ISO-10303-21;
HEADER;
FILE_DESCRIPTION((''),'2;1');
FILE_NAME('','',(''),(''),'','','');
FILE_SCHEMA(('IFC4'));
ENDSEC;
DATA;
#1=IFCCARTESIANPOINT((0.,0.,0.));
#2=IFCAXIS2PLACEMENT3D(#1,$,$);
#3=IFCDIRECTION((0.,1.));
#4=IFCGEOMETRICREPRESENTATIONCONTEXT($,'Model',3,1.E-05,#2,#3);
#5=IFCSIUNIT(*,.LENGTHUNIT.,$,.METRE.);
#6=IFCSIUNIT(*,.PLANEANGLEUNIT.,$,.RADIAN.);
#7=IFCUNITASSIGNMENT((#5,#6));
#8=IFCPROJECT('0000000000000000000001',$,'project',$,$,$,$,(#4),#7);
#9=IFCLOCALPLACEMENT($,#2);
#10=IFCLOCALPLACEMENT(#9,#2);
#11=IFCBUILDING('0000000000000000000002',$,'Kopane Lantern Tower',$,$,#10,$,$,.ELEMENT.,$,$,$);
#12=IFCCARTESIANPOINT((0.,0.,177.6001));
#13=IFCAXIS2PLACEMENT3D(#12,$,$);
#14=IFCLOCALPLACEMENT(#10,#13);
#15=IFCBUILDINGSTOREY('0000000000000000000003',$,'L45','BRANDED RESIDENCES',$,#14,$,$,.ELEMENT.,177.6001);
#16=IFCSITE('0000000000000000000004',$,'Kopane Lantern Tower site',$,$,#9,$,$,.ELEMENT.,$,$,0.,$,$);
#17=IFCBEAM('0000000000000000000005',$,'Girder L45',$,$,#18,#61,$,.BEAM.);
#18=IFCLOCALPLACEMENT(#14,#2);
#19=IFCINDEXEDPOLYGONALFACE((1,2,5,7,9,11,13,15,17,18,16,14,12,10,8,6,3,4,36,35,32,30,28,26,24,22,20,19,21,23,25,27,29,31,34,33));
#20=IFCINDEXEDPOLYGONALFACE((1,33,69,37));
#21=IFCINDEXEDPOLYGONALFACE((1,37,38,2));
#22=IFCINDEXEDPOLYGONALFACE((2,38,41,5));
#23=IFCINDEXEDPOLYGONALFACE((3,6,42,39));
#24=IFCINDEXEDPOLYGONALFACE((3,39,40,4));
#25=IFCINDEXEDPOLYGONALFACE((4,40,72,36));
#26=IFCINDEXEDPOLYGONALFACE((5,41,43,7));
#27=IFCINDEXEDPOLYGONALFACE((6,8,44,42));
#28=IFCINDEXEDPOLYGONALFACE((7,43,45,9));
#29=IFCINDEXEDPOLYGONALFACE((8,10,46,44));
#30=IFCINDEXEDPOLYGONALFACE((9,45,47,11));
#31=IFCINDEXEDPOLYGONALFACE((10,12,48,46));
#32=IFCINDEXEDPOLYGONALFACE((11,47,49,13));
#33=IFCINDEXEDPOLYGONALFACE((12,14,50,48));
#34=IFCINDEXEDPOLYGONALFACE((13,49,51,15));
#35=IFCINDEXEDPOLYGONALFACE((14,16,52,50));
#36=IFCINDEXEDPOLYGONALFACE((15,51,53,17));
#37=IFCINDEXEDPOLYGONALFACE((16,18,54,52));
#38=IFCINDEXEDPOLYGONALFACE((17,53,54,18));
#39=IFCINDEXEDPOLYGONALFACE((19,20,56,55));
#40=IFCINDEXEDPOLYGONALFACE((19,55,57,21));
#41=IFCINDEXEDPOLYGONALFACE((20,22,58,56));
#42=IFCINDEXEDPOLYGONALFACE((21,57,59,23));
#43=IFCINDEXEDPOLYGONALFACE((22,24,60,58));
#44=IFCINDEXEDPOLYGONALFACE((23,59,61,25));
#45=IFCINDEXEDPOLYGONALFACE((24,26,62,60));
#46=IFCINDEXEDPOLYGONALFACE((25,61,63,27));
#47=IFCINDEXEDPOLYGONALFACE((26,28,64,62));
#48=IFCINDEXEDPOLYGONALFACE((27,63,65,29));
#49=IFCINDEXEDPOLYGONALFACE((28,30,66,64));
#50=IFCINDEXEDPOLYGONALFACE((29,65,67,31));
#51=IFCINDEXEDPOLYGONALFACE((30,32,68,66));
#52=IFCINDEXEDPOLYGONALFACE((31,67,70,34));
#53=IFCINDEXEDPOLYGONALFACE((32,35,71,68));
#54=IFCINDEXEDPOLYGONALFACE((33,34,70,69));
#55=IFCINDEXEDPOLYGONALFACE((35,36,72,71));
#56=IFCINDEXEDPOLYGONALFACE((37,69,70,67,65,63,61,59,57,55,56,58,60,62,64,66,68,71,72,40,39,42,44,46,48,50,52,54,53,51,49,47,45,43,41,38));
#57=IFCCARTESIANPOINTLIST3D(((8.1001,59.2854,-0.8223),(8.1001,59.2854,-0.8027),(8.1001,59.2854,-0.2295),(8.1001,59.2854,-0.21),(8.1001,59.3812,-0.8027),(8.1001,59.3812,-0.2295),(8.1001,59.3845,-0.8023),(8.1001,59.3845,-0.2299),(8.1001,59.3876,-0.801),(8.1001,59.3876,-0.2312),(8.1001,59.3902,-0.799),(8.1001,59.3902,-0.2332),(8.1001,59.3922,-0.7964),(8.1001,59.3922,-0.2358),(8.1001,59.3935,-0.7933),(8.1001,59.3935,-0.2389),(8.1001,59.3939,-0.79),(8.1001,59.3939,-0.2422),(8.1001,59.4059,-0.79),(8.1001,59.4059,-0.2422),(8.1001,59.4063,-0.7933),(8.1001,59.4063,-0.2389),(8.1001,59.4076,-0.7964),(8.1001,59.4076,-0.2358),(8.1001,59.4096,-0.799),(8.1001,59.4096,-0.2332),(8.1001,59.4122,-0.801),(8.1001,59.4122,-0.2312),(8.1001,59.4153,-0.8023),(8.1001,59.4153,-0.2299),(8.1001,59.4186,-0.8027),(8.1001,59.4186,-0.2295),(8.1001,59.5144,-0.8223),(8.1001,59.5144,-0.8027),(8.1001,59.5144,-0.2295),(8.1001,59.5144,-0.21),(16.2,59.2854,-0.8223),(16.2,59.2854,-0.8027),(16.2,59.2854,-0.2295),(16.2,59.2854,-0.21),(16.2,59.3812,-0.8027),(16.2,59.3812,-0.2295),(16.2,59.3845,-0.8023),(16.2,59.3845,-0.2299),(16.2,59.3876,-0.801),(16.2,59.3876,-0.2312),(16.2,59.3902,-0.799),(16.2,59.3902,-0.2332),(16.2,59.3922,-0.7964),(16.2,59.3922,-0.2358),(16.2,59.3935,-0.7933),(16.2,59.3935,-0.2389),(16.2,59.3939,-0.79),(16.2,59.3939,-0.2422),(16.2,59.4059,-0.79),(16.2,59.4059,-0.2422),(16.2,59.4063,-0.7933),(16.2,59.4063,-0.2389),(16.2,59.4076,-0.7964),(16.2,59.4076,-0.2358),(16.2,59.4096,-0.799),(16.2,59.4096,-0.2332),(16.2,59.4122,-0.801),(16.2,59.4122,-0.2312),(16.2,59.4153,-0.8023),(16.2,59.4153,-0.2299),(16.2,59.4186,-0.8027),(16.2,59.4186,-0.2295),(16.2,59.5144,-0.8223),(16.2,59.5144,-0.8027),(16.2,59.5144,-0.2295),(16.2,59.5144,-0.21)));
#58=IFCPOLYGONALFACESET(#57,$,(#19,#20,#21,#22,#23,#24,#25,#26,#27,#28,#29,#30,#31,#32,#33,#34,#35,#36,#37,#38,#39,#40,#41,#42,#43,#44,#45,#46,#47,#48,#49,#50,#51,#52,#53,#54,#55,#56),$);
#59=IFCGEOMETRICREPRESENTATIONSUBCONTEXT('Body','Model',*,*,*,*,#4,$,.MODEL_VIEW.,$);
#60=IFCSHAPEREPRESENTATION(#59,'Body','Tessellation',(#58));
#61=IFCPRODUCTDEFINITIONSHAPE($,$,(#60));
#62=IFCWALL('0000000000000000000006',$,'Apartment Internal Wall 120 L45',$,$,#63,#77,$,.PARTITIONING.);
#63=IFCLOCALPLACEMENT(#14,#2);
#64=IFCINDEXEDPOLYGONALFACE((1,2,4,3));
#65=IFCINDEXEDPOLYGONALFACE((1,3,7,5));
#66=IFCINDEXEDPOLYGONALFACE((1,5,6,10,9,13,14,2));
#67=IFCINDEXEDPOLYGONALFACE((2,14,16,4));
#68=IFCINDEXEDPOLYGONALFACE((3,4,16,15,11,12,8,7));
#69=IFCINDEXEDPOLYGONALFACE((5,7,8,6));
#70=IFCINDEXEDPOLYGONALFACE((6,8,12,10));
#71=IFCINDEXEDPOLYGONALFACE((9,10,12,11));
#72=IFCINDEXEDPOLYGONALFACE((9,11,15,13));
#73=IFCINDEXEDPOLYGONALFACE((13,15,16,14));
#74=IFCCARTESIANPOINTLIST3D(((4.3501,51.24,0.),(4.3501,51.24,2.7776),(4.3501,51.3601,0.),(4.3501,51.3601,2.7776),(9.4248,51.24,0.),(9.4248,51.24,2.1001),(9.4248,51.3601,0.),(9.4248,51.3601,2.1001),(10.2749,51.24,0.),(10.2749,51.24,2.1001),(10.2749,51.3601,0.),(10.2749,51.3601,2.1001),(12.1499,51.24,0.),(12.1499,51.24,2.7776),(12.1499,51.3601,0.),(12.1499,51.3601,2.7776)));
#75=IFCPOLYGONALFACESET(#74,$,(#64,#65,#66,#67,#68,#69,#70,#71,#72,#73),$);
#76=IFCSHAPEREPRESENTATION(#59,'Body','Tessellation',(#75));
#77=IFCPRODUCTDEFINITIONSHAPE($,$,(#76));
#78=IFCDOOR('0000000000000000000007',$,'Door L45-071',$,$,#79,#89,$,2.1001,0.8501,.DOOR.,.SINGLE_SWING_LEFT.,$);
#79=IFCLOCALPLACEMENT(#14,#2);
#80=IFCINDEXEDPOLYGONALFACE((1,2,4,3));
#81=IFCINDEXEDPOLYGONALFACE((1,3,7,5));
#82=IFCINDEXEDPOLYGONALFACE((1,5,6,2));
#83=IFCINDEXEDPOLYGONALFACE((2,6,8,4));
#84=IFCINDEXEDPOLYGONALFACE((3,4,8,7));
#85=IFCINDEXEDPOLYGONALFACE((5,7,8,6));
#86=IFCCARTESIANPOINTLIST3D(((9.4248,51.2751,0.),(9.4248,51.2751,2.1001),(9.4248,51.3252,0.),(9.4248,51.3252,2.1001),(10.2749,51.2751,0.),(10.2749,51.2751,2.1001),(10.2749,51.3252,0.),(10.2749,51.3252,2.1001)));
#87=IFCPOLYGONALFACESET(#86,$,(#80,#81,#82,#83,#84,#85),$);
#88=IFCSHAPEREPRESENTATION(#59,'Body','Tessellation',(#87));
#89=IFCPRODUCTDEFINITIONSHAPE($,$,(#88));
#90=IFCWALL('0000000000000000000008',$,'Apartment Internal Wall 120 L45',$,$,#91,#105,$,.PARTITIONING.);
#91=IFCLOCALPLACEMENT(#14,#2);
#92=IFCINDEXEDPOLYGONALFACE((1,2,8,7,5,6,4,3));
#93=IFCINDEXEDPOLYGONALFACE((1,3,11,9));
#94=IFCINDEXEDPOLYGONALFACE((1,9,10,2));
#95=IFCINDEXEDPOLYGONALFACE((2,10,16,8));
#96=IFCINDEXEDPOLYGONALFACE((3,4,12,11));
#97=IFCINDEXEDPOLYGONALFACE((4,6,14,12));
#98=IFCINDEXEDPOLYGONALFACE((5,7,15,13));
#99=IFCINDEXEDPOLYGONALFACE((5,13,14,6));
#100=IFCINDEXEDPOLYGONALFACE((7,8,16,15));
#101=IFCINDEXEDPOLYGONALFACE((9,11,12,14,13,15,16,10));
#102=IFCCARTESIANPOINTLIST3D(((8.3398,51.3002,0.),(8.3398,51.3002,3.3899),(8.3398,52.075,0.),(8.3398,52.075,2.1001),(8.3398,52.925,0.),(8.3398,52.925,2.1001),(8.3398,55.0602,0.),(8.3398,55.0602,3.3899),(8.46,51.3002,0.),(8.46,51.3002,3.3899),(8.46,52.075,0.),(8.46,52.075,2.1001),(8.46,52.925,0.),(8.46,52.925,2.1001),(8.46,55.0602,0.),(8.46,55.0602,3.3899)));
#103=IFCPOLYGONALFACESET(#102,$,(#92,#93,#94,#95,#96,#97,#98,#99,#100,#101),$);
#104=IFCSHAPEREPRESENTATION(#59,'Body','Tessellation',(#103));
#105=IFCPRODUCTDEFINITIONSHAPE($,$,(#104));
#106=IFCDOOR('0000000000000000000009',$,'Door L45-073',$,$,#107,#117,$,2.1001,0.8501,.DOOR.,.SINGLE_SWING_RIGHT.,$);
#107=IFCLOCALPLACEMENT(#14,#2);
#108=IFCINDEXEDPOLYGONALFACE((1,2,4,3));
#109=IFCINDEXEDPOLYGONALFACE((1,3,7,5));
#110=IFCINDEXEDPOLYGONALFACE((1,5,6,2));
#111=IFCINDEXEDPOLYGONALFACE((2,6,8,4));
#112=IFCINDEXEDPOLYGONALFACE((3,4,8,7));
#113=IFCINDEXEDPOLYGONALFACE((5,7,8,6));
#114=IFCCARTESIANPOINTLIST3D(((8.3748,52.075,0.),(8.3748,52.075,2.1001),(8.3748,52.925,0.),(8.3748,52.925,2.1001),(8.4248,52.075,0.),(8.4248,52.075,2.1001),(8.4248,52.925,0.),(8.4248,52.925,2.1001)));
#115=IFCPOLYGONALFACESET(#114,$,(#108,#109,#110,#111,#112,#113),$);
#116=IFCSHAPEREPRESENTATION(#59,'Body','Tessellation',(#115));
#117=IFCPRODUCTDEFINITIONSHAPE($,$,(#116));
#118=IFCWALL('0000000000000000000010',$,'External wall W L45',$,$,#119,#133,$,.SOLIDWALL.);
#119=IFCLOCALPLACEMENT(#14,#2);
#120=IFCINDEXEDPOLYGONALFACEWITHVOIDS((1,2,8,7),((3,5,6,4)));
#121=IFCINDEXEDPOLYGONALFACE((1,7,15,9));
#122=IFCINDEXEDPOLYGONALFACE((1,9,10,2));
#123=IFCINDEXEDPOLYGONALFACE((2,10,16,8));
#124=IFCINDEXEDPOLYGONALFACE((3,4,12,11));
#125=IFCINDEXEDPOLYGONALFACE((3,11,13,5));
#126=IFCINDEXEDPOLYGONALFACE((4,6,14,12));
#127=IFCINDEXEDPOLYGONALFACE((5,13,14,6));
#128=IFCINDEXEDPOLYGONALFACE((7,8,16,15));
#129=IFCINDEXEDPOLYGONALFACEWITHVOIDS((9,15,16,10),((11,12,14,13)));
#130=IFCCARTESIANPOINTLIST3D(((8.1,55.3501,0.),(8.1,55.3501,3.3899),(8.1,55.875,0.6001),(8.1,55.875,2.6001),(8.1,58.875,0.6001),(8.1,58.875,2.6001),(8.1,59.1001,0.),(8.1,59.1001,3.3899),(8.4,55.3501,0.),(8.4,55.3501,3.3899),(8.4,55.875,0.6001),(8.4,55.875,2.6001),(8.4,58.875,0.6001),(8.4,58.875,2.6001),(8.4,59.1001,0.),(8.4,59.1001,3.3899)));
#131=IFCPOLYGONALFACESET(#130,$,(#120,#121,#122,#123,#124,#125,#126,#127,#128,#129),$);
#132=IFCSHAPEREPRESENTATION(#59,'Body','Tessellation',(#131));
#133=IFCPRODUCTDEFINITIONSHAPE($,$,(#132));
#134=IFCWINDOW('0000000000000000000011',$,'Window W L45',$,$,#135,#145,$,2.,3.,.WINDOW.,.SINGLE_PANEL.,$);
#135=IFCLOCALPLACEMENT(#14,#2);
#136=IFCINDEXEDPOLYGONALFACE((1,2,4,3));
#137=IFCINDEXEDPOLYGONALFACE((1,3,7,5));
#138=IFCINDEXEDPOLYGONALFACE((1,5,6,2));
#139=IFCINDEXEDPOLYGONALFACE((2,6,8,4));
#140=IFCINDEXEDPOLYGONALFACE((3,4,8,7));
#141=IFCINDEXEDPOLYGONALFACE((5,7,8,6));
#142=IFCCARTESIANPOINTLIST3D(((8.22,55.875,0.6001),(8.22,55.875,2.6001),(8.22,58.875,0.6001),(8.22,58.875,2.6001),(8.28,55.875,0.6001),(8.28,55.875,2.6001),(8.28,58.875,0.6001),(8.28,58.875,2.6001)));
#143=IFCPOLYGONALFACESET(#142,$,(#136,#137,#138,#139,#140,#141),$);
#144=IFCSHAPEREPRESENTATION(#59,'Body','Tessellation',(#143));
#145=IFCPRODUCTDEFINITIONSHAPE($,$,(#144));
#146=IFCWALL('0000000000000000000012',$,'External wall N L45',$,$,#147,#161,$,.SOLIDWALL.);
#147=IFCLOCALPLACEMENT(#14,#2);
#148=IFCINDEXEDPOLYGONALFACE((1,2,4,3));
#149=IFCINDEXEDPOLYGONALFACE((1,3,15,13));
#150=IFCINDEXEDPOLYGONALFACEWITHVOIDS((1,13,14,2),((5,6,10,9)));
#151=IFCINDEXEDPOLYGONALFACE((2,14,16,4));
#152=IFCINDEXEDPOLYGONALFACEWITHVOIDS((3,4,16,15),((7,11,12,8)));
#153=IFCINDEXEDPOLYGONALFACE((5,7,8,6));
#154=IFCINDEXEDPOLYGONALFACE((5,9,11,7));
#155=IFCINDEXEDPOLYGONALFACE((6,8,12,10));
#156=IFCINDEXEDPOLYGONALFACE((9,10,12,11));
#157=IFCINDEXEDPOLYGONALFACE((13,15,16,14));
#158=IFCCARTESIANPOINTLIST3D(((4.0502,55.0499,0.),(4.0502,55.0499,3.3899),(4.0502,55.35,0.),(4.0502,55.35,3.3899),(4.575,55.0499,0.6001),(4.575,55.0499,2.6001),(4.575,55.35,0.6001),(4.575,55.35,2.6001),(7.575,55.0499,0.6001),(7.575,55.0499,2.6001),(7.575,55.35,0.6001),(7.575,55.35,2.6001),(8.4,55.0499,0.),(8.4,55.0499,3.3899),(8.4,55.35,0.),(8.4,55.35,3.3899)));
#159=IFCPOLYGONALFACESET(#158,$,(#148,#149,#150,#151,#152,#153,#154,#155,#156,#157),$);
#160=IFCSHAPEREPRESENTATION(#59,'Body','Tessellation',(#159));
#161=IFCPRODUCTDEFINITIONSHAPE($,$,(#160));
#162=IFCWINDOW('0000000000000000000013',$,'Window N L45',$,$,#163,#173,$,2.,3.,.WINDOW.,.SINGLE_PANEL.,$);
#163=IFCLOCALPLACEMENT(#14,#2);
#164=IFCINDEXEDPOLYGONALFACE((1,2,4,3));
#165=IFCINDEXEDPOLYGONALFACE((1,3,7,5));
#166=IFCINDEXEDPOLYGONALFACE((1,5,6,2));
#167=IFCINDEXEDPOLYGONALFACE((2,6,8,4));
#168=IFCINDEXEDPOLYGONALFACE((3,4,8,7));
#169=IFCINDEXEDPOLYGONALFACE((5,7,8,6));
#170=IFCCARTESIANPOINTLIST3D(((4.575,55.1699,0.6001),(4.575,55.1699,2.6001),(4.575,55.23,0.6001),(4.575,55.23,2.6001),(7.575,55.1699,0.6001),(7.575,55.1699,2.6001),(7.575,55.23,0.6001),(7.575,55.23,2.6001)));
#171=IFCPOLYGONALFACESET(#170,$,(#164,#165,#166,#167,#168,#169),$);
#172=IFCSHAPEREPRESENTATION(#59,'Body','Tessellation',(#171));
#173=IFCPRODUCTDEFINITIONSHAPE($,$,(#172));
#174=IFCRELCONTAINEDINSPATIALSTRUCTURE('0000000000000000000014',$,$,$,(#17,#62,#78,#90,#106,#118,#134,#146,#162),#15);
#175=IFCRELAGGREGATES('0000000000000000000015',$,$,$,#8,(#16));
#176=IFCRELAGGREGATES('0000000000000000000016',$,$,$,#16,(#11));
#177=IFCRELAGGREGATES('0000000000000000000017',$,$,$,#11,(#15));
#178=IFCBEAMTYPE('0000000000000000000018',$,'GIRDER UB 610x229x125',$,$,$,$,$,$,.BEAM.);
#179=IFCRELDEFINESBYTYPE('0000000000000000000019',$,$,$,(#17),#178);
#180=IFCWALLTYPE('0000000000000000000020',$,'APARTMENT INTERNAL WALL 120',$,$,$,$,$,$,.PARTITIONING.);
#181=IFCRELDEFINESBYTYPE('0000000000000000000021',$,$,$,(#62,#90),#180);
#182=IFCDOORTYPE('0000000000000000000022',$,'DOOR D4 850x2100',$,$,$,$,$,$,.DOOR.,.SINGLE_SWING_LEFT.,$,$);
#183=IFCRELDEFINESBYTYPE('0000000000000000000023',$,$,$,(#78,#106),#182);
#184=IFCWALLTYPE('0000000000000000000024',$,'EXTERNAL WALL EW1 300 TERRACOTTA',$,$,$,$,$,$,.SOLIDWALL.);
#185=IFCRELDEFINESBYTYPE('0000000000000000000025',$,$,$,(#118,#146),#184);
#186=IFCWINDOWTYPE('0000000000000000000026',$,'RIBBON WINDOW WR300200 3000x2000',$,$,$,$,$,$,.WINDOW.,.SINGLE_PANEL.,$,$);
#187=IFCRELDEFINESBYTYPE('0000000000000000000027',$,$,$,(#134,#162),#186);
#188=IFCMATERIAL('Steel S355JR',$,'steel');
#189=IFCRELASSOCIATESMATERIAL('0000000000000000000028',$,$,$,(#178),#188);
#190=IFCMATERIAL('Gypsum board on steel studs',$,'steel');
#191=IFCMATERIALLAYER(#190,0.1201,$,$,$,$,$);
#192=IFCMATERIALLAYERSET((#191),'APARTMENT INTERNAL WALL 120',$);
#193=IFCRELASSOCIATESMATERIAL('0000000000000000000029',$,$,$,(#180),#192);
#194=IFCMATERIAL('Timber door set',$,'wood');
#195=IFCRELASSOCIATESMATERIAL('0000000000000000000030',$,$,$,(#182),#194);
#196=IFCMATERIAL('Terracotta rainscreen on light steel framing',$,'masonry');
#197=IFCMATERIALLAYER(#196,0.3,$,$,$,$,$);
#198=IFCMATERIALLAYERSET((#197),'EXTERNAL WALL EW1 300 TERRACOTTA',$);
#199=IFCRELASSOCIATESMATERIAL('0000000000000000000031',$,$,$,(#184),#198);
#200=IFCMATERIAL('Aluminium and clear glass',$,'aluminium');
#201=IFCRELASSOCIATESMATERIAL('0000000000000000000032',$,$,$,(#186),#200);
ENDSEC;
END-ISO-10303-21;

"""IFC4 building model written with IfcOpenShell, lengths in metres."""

from ifc_helpers import new_model, si_unit, direction, frame, frame_2d, origin, origin_2d, place, context, subcontext, project, spatial, rectangle, i_section, extrude, material, layer, layer_set, material_profile, profile_set, type_object, element, fill, save


model = new_model("IFC4")

# Units and contexts
model_context = context("Model", 3, precision=1e-05, world=origin(), true_north=direction((0.0, 1.0)))
body_context = subcontext(model_context, "Body", "Model", "MODEL_VIEW")
ifc_project = project(units=[si_unit("LENGTHUNIT", "METRE"), si_unit("PLANEANGLEUNIT", "RADIAN")], contexts=[model_context])

# Site, building, storey
site_placement = place(None, origin())
site = spatial("IfcSite", under=ifc_project, at=site_placement, Name="Kopane Lantern Tower site", CompositionType="ELEMENT", RefElevation=0.0)
building_placement = place(site_placement, origin())
building = spatial("IfcBuilding", under=site, at=building_placement, Name="Kopane Lantern Tower", CompositionType="ELEMENT")
storey_placement = place(building_placement, frame((0.0, 0.0, 177.6001)))
storey = spatial("IfcBuildingStorey", under=building, at=storey_placement, Name="L45", Description="BRANDED RESIDENCES", CompositionType="ELEMENT", Elevation=177.6001)

# Beam
ifc_material_1 = material(Name="Steel S355JR", Category="steel")
ifc_material_profile_1 = material_profile(ifc_material_1, i_section(OverallWidth=0.229, OverallDepth=0.6123, WebThickness=0.012, FlangeThickness=0.0195, FilletRadius=0.0127, at=origin_2d()), Name="UB 610x229x125")
ifc_profile_set_1 = profile_set([ifc_material_profile_1], Name="Steel S355JR")
beam_type_1 = type_object("IfcBeamType", Name="GIRDER UB 610x229x125", PredefinedType="BEAM", material=ifc_profile_set_1)
beam_1_placement = place(storey_placement, frame((8.1001, 59.3999, -0.5161), z_axis=(1.0, 0.0, 0.0), x_axis=(0.0, 1.0, 0.0)))
element("IfcBeam", 1, at=beam_1_placement, inside=storey, type_object=beam_type_1, Name="Girder L45", PredefinedType="BEAM", context=body_context, shape_type="SweptSolid", body=[
    extrude(i_section(OverallWidth=0.229, OverallDepth=0.6123, WebThickness=0.012, FlangeThickness=0.0195, FilletRadius=0.0127, at=origin_2d()), origin(), (0.0, 0.0, 1.0), 8.0999),
])

# Walls, openings, doors
ifc_material_2 = material(Name="Gypsum board on steel studs", Category="steel")
ifc_layer_1 = layer(ifc_material_2, 0.1201)
ifc_layer_set_1 = layer_set([ifc_layer_1], Name="APARTMENT INTERNAL WALL 120")
wall_type_1 = type_object("IfcWallType", Name="APARTMENT INTERNAL WALL 120", PredefinedType="PARTITIONING", material=ifc_layer_set_1)
wall_1_placement = place(storey_placement, frame((12.1499, 51.3, 0.0), z_axis=(0.0, 0.0, 1.0), x_axis=(-1.0, 0.0, 0.0)))
wall_1 = element("IfcWall", 2, at=wall_1_placement, inside=storey, type_object=wall_type_1, Name="Apartment Internal Wall 120 L45", PredefinedType="PARTITIONING", context=body_context, shape_type="SweptSolid", body=[
    extrude(rectangle(XDim=7.7998, YDim=0.1201, at=frame_2d((3.8999, 0.0))), origin(), (0.0, 0.0, 1.0), 2.7776),
])
opening_1_placement = place(wall_1_placement, frame((1.875, 0.0, 0.0)))
opening_1 = element("IfcOpeningElement", 3, at=opening_1_placement, cuts=wall_1, PredefinedType="OPENING", context=body_context, shape_type="SweptSolid", body=[
    extrude(rectangle(XDim=0.8501, YDim=2.1001, at=frame_2d((0.425, 1.05))), frame((0.0, 0.0701, 0.0), z_axis=(0.0, -1.0, 0.0), x_axis=(1.0, 0.0, 0.0)), (0.0, 0.0, 1.0), 0.1401),
])
ifc_material_3 = material(Name="Timber door set", Category="wood")
door_type = type_object("IfcDoorType", Name="DOOR D4 850x2100", OperationType="SINGLE_SWING_LEFT", PredefinedType="DOOR", material=ifc_material_3)
door_1_placement = place(opening_1_placement, origin())
door_1 = element("IfcDoor", 4, at=door_1_placement, inside=storey, type_object=door_type, Name="Door L45-071", OperationType="SINGLE_SWING_LEFT", OverallHeight=2.1001, OverallWidth=0.8501, PredefinedType="DOOR", context=body_context, shape_type="SweptSolid", body=[
    extrude(rectangle(XDim=0.8501, YDim=2.1001, at=frame_2d((0.425, 1.05))), frame((0.0, 0.0249, 0.0), z_axis=(0.0, -1.0, 0.0), x_axis=(1.0, 0.0, 0.0)), (0.0, 0.0, 1.0), 0.05),
])
fill(opening_1, door_1)
wall_2_placement = place(storey_placement, frame((8.3999, 55.0601, 0.0), z_axis=(0.0, 0.0, 1.0), x_axis=(0.0, -1.0, 0.0)))
wall_2 = element("IfcWall", 5, at=wall_2_placement, inside=storey, type_object=wall_type_1, Name="Apartment Internal Wall 120 L45", PredefinedType="PARTITIONING", context=body_context, shape_type="SweptSolid", body=[
    extrude(rectangle(XDim=3.76, YDim=0.1201, at=frame_2d((1.8799, 0.0))), origin(), (0.0, 0.0, 1.0), 3.3899),
])
opening_2_placement = place(wall_2_placement, frame((2.135, 0.0, 0.0)))
opening_2 = element("IfcOpeningElement", 6, at=opening_2_placement, cuts=wall_2, PredefinedType="OPENING", context=body_context, shape_type="SweptSolid", body=[
    extrude(rectangle(XDim=0.8501, YDim=2.1001, at=frame_2d((0.425, 1.05))), frame((0.0, 0.0701, 0.0), z_axis=(0.0, -1.0, 0.0), x_axis=(1.0, 0.0, 0.0)), (0.0, 0.0, 1.0), 0.1401),
])
door_2_placement = place(opening_2_placement, origin())
door_2 = element("IfcDoor", 7, at=door_2_placement, inside=storey, type_object=door_type, Name="Door L45-073", OperationType="SINGLE_SWING_RIGHT", OverallHeight=2.1001, OverallWidth=0.8501, PredefinedType="DOOR", context=body_context, shape_type="SweptSolid", body=[
    extrude(rectangle(XDim=0.8501, YDim=2.1001, at=frame_2d((0.425, 1.05))), frame((0.0, 0.0249, 0.0), z_axis=(0.0, -1.0, 0.0), x_axis=(1.0, 0.0, 0.0)), (0.0, 0.0, 1.0), 0.05),
])
fill(opening_2, door_2)

# Walls, openings, windows
ifc_material_4 = material(Name="Terracotta rainscreen on light steel framing", Category="masonry")
ifc_layer_2 = layer(ifc_material_4, 0.3)
ifc_layer_set_2 = layer_set([ifc_layer_2], Name="EXTERNAL WALL EW1 300 TERRACOTTA")
wall_type_2 = type_object("IfcWallType", Name="EXTERNAL WALL EW1 300 TERRACOTTA", PredefinedType="SOLIDWALL", material=ifc_layer_set_2)
wall_3_placement = place(storey_placement, frame((8.25, 59.1001, 0.0), z_axis=(0.0, 0.0, 1.0), x_axis=(0.0, -1.0, 0.0)))
wall_3 = element("IfcWall", 8, at=wall_3_placement, inside=storey, type_object=wall_type_2, Name="External wall W L45", PredefinedType="SOLIDWALL", context=body_context, shape_type="SweptSolid", body=[
    extrude(rectangle(XDim=3.75, YDim=0.3, at=frame_2d((1.875, 0.0))), origin(), (0.0, 0.0, 1.0), 3.3899),
])
opening_3_placement = place(wall_3_placement, frame((0.2251, 0.0, 0.6001)))
opening_3 = element("IfcOpeningElement", 9, at=opening_3_placement, cuts=wall_3, PredefinedType="OPENING", context=body_context, shape_type="SweptSolid", body=[
    extrude(rectangle(XDim=3.0, YDim=2.0, at=frame_2d((1.5, 1.0))), frame((0.0, 0.1599, 0.0), z_axis=(0.0, -1.0, 0.0), x_axis=(1.0, 0.0, 0.0)), (0.0, 0.0, 1.0), 0.3201),
])
ifc_material_5 = material(Name="Aluminium and clear glass", Category="aluminium")
window_type = type_object("IfcWindowType", Name="RIBBON WINDOW WR300200 3000x2000", PartitioningType="SINGLE_PANEL", PredefinedType="WINDOW", material=ifc_material_5)
window_1_placement = place(opening_3_placement, origin())
window_1 = element("IfcWindow", 10, at=window_1_placement, inside=storey, type_object=window_type, Name="Window W L45", OverallHeight=2.0, OverallWidth=3.0, PartitioningType="SINGLE_PANEL", PredefinedType="WINDOW", context=body_context, shape_type="SweptSolid", body=[
    extrude(rectangle(XDim=3.0, YDim=2.0, at=frame_2d((1.5, 1.0))), frame((0.0, 0.03, 0.0), z_axis=(0.0, -1.0, 0.0), x_axis=(1.0, 0.0, 0.0)), (0.0, 0.0, 1.0), 0.0601),
])
fill(opening_3, window_1)
wall_4_placement = place(storey_placement, frame((8.3999, 55.2, 0.0), z_axis=(0.0, 0.0, 1.0), x_axis=(-1.0, 0.0, 0.0)))
wall_4 = element("IfcWall", 11, at=wall_4_placement, inside=storey, type_object=wall_type_2, Name="External wall N L45", PredefinedType="SOLIDWALL", context=body_context, shape_type="SweptSolid", body=[
    extrude(rectangle(XDim=4.3499, YDim=0.3, at=frame_2d((2.1748, 0.0))), origin(), (0.0, 0.0, 1.0), 3.3899),
])
opening_4_placement = place(wall_4_placement, frame((0.825, 0.0, 0.6001)))
opening_4 = element("IfcOpeningElement", 12, at=opening_4_placement, cuts=wall_4, PredefinedType="OPENING", context=body_context, shape_type="SweptSolid", body=[
    extrude(rectangle(XDim=3.0, YDim=2.0, at=frame_2d((1.5, 1.0))), frame((0.0, 0.1599, 0.0), z_axis=(0.0, -1.0, 0.0), x_axis=(1.0, 0.0, 0.0)), (0.0, 0.0, 1.0), 0.3201),
])
window_2_placement = place(opening_4_placement, origin())
window_2 = element("IfcWindow", 13, at=window_2_placement, inside=storey, type_object=window_type, Name="Window N L45", OverallHeight=2.0, OverallWidth=3.0, PartitioningType="SINGLE_PANEL", PredefinedType="WINDOW", context=body_context, shape_type="SweptSolid", body=[
    extrude(rectangle(XDim=3.0, YDim=2.0, at=frame_2d((1.5, 1.0))), frame((0.0, 0.03, 0.0), z_axis=(0.0, -1.0, 0.0), x_axis=(1.0, 0.0, 0.0)), (0.0, 0.0, 1.0), 0.0601),
])
fill(opening_4, window_2)

save(model, "model.ifc")
